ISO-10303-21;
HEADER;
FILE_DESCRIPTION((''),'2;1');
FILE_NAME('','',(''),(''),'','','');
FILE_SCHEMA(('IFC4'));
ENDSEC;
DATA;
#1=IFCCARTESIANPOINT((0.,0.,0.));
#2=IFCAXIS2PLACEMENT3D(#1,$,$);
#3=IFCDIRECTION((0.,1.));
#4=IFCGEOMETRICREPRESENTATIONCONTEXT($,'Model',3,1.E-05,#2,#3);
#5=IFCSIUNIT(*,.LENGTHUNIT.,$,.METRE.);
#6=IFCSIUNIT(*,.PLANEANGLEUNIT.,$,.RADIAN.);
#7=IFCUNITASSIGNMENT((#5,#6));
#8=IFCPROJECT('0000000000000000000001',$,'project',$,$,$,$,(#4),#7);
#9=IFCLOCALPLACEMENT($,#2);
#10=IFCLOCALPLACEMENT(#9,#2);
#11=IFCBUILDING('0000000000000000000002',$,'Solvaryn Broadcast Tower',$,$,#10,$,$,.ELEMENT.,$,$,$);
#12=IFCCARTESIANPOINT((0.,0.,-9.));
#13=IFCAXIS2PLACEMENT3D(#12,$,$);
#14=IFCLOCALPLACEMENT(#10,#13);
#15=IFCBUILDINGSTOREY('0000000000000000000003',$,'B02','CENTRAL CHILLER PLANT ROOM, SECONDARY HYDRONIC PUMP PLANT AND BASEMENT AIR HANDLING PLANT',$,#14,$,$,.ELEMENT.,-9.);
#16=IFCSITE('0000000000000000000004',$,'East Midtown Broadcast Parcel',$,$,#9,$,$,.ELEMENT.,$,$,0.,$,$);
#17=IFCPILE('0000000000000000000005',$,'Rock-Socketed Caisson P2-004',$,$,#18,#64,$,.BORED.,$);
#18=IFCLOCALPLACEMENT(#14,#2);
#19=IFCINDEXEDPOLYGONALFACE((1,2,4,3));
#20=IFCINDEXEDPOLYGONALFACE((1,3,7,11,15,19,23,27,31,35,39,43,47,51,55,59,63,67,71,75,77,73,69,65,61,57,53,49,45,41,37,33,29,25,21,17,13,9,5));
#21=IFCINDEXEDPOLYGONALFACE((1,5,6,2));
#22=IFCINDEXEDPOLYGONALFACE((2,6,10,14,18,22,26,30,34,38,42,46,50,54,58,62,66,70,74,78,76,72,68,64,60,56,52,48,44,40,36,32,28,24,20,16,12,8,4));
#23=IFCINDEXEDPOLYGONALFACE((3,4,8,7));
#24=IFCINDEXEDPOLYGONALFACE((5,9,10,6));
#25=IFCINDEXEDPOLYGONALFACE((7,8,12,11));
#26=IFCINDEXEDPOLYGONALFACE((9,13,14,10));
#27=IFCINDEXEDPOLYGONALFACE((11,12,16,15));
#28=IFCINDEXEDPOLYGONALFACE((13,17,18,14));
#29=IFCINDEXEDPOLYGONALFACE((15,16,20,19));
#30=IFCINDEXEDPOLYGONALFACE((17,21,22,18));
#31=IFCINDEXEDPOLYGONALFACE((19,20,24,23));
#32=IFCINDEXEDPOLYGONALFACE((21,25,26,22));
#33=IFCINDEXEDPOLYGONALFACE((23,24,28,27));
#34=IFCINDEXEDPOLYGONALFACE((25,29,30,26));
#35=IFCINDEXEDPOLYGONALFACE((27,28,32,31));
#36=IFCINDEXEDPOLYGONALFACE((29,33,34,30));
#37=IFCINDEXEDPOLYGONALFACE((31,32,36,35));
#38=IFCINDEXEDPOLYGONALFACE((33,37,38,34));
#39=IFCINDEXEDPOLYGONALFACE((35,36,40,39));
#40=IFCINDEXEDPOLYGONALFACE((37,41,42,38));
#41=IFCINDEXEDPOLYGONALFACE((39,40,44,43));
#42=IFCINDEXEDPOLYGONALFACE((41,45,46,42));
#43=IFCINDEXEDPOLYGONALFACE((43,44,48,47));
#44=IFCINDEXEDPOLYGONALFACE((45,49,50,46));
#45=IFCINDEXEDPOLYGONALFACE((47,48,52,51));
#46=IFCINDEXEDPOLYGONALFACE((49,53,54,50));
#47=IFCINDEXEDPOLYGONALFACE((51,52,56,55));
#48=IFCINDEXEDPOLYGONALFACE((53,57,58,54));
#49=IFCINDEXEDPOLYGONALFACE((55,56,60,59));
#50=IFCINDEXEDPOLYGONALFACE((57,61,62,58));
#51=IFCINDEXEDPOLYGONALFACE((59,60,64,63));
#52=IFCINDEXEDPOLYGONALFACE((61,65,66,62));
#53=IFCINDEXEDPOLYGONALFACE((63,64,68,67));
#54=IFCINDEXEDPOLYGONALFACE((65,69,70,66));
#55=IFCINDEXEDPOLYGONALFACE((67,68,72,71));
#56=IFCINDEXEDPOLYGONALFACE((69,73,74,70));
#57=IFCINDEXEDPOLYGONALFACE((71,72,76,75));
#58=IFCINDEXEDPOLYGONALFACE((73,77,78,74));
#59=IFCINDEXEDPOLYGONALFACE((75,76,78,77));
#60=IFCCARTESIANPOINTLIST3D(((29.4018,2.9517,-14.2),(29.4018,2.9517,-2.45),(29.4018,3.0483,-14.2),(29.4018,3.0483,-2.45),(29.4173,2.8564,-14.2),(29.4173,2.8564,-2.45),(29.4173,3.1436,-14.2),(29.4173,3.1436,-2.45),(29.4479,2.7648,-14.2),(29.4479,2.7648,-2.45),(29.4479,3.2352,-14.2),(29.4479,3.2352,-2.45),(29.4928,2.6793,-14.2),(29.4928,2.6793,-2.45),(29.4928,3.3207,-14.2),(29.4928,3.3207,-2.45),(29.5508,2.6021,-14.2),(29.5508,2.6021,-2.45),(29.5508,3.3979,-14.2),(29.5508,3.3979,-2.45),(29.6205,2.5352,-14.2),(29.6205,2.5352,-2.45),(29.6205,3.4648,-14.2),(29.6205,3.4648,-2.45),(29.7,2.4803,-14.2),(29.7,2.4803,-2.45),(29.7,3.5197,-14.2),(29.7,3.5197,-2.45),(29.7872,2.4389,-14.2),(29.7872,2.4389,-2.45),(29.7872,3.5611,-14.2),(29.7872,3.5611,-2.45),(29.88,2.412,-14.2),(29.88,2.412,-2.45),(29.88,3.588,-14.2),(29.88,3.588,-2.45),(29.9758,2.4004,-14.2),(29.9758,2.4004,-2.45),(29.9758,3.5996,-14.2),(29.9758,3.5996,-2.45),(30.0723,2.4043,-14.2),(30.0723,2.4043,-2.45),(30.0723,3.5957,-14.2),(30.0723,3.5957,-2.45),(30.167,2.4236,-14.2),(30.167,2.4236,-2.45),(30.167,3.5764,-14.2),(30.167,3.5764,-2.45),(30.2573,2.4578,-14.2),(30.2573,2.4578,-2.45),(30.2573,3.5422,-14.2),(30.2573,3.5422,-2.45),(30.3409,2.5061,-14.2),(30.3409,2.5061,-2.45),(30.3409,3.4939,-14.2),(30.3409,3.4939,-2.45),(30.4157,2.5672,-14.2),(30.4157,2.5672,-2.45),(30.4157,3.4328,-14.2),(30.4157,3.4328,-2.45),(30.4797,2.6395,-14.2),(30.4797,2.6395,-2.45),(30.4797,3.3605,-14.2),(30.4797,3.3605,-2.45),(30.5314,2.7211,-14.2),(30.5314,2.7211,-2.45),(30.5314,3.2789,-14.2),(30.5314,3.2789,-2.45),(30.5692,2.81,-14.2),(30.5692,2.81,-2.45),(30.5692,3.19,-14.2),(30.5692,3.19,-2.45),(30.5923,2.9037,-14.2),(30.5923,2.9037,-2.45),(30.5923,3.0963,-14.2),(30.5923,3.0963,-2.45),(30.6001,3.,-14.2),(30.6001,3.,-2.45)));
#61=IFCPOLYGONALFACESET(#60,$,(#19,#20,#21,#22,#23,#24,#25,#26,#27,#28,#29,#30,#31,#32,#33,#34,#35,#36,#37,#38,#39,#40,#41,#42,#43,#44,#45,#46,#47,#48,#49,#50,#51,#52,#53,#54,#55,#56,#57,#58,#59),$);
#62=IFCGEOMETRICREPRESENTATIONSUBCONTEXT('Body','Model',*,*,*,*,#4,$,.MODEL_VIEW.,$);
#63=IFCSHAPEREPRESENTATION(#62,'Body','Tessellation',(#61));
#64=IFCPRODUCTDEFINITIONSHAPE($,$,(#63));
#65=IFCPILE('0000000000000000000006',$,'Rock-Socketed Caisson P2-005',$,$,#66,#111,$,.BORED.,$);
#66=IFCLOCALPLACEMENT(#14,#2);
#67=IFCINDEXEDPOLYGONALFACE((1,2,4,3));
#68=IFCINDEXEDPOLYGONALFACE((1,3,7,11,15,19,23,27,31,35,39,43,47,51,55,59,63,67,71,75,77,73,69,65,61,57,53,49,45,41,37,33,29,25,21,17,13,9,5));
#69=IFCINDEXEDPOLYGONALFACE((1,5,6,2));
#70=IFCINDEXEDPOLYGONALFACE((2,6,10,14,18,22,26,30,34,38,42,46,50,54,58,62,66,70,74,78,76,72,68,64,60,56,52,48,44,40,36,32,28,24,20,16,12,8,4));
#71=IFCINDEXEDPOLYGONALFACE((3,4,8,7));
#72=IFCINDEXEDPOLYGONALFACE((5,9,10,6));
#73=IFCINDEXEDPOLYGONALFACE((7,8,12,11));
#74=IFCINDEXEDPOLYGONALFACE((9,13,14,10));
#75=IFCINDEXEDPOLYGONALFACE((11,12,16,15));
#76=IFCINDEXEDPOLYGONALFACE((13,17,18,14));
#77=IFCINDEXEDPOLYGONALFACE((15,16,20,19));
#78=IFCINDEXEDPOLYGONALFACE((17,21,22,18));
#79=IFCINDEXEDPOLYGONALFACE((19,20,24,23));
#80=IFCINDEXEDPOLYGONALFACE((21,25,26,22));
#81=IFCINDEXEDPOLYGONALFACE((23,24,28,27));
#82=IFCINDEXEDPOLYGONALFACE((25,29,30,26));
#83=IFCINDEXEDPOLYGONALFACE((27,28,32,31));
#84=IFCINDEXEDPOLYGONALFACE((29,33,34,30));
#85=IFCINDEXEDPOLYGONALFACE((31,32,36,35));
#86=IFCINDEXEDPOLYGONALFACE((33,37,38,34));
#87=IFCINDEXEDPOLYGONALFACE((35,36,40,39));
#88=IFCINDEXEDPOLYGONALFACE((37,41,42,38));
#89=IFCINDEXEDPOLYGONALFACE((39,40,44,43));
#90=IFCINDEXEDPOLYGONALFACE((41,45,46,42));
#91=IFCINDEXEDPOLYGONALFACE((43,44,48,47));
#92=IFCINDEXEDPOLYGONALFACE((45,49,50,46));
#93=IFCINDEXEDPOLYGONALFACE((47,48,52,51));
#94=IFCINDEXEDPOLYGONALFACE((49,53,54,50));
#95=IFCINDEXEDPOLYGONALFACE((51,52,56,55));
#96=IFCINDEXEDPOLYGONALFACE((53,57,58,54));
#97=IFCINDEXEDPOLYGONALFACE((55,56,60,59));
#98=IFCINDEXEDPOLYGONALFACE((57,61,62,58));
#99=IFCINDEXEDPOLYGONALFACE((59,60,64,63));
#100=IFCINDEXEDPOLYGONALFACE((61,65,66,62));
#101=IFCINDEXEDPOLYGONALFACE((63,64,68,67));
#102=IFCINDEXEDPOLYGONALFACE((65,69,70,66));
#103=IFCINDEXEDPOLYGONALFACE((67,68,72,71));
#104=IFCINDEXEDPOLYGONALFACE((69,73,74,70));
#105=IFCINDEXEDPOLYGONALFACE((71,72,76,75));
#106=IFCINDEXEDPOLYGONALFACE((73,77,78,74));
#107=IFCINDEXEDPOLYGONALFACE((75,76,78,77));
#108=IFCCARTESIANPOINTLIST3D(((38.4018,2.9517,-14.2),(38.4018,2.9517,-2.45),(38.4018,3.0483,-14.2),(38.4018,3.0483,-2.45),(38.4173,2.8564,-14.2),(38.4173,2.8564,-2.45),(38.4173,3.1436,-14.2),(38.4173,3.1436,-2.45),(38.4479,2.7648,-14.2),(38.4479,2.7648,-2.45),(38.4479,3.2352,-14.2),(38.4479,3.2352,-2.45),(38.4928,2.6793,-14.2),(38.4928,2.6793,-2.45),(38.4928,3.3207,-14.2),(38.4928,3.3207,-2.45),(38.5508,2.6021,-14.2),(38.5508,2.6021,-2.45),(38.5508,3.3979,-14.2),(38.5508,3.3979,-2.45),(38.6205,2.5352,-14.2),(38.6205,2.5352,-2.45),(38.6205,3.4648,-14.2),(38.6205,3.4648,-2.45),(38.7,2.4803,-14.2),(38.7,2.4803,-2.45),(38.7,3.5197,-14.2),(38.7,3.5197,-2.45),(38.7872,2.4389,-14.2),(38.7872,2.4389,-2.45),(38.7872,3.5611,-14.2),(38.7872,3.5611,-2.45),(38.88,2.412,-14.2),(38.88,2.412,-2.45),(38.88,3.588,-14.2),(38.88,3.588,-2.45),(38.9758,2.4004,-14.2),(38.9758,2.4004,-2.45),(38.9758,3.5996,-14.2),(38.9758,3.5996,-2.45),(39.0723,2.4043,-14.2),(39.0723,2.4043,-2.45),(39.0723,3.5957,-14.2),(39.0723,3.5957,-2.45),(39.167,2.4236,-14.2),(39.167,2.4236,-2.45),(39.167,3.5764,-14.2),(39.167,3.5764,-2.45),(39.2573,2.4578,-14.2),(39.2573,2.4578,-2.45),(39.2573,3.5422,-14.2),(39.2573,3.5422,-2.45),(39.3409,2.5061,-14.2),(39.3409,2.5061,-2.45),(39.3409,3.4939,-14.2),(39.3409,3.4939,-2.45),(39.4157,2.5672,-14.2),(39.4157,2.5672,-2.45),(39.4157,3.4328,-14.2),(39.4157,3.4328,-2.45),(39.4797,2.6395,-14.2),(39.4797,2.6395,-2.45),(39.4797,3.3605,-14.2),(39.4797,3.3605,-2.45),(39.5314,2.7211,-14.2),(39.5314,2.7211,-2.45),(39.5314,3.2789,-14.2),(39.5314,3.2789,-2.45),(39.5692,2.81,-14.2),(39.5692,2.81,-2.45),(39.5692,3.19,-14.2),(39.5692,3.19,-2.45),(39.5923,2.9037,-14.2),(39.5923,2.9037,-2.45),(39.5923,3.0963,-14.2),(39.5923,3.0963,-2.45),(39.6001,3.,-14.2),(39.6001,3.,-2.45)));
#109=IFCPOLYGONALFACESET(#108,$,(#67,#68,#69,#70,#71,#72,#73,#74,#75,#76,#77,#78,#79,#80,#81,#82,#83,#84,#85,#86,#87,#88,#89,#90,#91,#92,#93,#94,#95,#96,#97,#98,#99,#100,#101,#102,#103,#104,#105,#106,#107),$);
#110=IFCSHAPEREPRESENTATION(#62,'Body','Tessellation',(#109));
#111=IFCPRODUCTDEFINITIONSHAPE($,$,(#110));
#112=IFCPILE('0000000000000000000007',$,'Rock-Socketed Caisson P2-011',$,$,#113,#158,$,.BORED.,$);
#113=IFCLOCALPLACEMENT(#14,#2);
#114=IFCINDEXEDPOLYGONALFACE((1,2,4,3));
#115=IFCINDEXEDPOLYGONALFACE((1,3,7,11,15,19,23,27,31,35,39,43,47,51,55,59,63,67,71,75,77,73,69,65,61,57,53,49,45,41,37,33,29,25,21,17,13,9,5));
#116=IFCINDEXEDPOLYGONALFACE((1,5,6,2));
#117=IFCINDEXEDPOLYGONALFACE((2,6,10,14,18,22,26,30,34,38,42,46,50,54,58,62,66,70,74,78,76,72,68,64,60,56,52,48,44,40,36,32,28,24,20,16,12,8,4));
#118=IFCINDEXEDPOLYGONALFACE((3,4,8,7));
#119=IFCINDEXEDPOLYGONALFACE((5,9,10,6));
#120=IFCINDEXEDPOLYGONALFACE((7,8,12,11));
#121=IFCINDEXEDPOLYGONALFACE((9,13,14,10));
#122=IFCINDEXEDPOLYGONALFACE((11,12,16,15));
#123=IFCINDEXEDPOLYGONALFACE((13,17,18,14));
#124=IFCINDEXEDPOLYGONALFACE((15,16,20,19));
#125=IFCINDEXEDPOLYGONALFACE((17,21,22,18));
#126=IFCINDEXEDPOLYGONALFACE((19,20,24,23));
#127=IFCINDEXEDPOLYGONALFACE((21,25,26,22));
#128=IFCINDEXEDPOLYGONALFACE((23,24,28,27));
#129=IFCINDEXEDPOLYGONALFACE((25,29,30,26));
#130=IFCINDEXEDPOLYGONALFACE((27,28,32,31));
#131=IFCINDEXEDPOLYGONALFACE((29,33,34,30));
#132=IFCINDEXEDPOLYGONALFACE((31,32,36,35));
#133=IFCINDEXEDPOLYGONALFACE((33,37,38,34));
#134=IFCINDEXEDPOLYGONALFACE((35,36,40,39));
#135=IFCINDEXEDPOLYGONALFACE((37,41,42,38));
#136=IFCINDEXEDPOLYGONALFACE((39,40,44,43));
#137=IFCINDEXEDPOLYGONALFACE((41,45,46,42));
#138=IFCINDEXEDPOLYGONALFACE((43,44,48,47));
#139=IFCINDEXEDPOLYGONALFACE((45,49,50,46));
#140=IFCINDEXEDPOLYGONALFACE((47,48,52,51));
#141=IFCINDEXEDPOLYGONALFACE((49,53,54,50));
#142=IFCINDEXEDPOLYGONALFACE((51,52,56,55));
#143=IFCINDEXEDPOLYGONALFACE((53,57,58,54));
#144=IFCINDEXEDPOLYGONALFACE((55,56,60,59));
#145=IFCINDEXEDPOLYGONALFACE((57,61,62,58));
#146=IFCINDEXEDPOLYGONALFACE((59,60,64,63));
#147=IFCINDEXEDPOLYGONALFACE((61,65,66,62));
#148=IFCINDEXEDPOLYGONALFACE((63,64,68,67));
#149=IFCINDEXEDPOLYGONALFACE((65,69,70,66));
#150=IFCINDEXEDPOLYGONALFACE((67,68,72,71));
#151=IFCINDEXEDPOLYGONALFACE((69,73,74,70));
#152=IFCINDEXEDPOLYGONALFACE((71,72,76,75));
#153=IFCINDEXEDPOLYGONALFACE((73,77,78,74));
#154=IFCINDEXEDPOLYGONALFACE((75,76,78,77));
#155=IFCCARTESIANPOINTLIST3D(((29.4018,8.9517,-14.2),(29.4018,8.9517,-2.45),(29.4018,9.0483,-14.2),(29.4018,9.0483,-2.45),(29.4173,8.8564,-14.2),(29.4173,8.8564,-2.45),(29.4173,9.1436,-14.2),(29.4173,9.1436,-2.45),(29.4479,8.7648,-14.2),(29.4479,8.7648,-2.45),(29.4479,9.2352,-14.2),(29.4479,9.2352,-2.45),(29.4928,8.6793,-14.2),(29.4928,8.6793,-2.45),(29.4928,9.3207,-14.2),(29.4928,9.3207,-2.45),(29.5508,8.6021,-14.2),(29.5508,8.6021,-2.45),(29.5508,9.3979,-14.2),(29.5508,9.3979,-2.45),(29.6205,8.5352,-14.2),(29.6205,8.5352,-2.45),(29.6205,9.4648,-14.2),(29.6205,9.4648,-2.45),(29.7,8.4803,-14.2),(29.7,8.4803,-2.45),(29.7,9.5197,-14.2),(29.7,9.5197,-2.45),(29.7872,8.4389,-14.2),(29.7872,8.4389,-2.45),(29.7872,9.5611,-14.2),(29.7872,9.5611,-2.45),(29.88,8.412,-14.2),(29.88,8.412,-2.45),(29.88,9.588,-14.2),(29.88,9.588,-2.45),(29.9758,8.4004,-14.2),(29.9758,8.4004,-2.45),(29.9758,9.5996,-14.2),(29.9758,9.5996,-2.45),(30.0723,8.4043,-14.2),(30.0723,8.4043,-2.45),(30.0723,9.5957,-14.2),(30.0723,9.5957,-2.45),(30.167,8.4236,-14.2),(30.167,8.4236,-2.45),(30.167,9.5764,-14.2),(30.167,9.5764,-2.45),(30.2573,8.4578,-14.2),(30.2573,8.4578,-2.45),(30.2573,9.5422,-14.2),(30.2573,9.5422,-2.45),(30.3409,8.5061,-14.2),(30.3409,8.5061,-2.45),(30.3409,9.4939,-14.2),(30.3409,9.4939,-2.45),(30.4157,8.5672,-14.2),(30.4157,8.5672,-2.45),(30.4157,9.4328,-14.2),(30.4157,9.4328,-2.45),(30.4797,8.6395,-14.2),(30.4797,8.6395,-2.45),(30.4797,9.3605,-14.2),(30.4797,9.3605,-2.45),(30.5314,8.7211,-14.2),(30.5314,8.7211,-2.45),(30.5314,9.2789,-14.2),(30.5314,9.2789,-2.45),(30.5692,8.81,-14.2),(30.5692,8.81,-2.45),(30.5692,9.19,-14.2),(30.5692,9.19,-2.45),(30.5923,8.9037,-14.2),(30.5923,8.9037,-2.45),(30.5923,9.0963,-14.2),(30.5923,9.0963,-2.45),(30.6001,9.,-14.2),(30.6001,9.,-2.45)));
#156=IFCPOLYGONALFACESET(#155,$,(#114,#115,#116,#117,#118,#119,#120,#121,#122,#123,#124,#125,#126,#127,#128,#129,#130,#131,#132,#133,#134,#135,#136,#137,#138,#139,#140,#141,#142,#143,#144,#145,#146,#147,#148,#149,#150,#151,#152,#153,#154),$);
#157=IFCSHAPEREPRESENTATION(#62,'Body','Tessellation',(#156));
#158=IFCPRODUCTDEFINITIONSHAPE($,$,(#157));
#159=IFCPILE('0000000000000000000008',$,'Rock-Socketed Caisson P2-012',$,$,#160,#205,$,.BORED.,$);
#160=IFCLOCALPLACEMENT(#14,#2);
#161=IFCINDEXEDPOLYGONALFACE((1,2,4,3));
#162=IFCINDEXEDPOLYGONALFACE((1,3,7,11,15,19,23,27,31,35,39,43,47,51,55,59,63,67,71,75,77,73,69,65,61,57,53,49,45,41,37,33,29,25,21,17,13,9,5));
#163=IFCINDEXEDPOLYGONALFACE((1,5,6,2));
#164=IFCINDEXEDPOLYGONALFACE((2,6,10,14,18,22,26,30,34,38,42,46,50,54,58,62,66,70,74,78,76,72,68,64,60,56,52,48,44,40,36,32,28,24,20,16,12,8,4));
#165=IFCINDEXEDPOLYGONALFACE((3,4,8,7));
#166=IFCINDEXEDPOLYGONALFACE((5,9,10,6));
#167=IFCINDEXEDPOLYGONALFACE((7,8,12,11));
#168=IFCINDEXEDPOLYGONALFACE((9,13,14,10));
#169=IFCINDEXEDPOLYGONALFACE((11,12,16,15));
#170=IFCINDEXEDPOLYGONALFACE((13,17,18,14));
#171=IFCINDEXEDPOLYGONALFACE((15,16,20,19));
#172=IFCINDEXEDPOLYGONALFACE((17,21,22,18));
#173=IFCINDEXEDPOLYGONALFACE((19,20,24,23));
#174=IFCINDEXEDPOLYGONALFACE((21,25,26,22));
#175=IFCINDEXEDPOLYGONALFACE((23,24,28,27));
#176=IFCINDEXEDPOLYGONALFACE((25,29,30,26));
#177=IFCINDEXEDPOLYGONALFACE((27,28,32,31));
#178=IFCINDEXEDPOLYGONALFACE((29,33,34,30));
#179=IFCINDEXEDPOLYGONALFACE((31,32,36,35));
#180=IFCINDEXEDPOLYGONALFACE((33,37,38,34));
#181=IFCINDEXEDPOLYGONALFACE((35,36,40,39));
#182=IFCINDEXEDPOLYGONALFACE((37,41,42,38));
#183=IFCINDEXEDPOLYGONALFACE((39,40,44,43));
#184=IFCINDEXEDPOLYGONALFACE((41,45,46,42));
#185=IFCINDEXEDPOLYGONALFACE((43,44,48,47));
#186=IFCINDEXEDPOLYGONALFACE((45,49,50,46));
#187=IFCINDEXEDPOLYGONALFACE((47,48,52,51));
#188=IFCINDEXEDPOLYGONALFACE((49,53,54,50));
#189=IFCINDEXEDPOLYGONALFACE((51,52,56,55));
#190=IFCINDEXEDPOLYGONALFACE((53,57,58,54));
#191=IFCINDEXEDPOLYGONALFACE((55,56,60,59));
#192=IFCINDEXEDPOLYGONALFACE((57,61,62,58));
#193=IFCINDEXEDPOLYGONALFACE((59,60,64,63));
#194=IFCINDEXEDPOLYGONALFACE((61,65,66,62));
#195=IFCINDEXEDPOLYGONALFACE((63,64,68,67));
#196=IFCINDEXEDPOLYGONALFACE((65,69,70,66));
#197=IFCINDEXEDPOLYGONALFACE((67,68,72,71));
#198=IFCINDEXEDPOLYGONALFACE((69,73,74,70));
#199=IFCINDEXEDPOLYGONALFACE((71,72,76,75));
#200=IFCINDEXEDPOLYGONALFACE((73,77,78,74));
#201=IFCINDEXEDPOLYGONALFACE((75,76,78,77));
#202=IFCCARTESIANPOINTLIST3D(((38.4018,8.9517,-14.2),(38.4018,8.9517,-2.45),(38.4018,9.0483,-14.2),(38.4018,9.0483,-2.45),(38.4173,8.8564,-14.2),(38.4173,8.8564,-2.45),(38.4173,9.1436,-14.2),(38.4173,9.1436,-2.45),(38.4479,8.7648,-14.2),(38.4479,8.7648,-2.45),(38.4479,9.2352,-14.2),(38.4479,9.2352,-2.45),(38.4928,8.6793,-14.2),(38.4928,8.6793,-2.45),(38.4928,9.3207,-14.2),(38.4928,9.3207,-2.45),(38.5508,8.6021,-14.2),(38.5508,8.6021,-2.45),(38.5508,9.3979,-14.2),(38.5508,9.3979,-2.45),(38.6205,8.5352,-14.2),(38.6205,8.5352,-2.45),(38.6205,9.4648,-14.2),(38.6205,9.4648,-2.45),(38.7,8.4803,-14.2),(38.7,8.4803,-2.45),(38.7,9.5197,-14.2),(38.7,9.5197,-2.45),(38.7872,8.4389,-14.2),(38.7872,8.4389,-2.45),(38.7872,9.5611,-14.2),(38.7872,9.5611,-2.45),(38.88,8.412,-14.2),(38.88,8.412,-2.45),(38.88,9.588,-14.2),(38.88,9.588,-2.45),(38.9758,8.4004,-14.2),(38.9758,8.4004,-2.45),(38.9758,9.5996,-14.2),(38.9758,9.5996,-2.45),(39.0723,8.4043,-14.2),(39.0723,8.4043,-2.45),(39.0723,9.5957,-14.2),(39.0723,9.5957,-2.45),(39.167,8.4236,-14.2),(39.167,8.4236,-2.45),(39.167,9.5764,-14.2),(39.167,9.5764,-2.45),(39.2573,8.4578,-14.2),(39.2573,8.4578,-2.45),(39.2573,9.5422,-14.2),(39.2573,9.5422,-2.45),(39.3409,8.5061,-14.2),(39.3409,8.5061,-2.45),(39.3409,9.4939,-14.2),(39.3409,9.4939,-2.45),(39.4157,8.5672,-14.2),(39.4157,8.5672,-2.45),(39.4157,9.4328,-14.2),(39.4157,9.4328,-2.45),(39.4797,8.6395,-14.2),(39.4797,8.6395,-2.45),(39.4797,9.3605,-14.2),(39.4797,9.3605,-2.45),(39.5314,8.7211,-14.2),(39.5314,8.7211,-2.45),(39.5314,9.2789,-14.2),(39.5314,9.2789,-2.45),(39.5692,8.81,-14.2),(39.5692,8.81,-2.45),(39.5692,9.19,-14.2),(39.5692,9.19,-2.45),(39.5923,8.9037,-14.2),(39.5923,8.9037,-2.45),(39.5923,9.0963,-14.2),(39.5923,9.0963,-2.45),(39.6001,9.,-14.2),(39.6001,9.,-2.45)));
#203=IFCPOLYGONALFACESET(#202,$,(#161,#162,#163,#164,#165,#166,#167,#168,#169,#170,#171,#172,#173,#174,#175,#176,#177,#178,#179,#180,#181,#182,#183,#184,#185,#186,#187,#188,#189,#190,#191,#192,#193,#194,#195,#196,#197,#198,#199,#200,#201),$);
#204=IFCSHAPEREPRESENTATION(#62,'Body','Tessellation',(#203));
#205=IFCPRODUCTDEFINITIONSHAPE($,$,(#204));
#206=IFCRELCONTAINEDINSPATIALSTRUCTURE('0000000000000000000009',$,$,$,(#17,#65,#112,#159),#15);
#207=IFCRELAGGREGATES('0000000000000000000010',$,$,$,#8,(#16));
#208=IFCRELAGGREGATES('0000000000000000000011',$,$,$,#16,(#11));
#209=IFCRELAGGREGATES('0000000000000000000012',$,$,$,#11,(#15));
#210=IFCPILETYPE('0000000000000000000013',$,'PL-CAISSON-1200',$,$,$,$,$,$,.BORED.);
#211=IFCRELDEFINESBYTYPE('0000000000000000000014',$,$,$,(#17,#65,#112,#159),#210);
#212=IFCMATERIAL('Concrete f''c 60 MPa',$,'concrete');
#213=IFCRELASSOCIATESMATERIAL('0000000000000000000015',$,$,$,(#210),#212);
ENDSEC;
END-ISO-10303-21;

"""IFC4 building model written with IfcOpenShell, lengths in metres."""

from ifc_helpers import new_model, si_unit, direction, frame, origin, origin_2d, place, context, subcontext, project, spatial, circle, extrude, material, material_profile, profile_set, type_object, element, save


model = new_model("IFC4")

# Units and contexts
model_context = context("Model", 3, precision=1e-05, world=origin(), true_north=direction((0.0, 1.0)))
body_context = subcontext(model_context, "Body", "Model", "MODEL_VIEW")
ifc_project = project(units=[si_unit("LENGTHUNIT", "METRE"), si_unit("PLANEANGLEUNIT", "RADIAN")], contexts=[model_context])

# Site, building, storey
site_placement = place(None, origin())
site = spatial("IfcSite", under=ifc_project, at=site_placement, Name="East Midtown Broadcast Parcel", CompositionType="ELEMENT", RefElevation=0.0)
building_placement = place(site_placement, origin())
building = spatial("IfcBuilding", under=site, at=building_placement, Name="Solvaryn Broadcast Tower", CompositionType="ELEMENT")
storey_placement = place(building_placement, frame((0.0, 0.0, -9.0)))
storey = spatial("IfcBuildingStorey", under=building, at=storey_placement, Name="B02", Description="CENTRAL CHILLER PLANT ROOM, SECONDARY HYDRONIC PUMP PLANT AND BASEMENT AIR HANDLING PLANT", CompositionType="ELEMENT", Elevation=-9.0)

# Piles
ifc_material_1 = material(Name="Concrete f'c 60 MPa", Category="concrete")
ifc_material_profile_1 = material_profile(ifc_material_1, circle(Radius=0.6001, at=origin_2d()))
ifc_profile_set_1 = profile_set([ifc_material_profile_1], Name="Concrete f'c 60 MPa")
pile_type = type_object("IfcPileType", Name="PL-CAISSON-1200", PredefinedType="BORED", material=ifc_profile_set_1)
for number, where, z_axis, x_axis, name in (
    (1, (30.0, 3.0, -2.45), (0.0, 0.0, -1.0), (1.0, 0.0, 0.0), "Rock-Socketed Caisson P2-004"),
    (2, (39.0, 3.0, -2.45), (0.0, 0.0, -1.0), (1.0, 0.0, 0.0), "Rock-Socketed Caisson P2-005"),
    (3, (30.0, 9.0, -2.45), (0.0, 0.0, -1.0), (1.0, 0.0, 0.0), "Rock-Socketed Caisson P2-011"),
    (4, (39.0, 9.0, -2.45), (0.0, 0.0, -1.0), (1.0, 0.0, 0.0), "Rock-Socketed Caisson P2-012"),
):
    element("IfcPile", number, at=place(storey_placement, frame(where, z_axis=z_axis, x_axis=x_axis)), inside=storey, type_object=pile_type, Name=name, PredefinedType="BORED", context=body_context, shape_type="SweptSolid", body=[
        extrude(circle(Radius=0.6001, at=origin_2d()), origin(), (0.0, 0.0, 1.0), 11.75),
    ])

save(model, "model.ifc")
